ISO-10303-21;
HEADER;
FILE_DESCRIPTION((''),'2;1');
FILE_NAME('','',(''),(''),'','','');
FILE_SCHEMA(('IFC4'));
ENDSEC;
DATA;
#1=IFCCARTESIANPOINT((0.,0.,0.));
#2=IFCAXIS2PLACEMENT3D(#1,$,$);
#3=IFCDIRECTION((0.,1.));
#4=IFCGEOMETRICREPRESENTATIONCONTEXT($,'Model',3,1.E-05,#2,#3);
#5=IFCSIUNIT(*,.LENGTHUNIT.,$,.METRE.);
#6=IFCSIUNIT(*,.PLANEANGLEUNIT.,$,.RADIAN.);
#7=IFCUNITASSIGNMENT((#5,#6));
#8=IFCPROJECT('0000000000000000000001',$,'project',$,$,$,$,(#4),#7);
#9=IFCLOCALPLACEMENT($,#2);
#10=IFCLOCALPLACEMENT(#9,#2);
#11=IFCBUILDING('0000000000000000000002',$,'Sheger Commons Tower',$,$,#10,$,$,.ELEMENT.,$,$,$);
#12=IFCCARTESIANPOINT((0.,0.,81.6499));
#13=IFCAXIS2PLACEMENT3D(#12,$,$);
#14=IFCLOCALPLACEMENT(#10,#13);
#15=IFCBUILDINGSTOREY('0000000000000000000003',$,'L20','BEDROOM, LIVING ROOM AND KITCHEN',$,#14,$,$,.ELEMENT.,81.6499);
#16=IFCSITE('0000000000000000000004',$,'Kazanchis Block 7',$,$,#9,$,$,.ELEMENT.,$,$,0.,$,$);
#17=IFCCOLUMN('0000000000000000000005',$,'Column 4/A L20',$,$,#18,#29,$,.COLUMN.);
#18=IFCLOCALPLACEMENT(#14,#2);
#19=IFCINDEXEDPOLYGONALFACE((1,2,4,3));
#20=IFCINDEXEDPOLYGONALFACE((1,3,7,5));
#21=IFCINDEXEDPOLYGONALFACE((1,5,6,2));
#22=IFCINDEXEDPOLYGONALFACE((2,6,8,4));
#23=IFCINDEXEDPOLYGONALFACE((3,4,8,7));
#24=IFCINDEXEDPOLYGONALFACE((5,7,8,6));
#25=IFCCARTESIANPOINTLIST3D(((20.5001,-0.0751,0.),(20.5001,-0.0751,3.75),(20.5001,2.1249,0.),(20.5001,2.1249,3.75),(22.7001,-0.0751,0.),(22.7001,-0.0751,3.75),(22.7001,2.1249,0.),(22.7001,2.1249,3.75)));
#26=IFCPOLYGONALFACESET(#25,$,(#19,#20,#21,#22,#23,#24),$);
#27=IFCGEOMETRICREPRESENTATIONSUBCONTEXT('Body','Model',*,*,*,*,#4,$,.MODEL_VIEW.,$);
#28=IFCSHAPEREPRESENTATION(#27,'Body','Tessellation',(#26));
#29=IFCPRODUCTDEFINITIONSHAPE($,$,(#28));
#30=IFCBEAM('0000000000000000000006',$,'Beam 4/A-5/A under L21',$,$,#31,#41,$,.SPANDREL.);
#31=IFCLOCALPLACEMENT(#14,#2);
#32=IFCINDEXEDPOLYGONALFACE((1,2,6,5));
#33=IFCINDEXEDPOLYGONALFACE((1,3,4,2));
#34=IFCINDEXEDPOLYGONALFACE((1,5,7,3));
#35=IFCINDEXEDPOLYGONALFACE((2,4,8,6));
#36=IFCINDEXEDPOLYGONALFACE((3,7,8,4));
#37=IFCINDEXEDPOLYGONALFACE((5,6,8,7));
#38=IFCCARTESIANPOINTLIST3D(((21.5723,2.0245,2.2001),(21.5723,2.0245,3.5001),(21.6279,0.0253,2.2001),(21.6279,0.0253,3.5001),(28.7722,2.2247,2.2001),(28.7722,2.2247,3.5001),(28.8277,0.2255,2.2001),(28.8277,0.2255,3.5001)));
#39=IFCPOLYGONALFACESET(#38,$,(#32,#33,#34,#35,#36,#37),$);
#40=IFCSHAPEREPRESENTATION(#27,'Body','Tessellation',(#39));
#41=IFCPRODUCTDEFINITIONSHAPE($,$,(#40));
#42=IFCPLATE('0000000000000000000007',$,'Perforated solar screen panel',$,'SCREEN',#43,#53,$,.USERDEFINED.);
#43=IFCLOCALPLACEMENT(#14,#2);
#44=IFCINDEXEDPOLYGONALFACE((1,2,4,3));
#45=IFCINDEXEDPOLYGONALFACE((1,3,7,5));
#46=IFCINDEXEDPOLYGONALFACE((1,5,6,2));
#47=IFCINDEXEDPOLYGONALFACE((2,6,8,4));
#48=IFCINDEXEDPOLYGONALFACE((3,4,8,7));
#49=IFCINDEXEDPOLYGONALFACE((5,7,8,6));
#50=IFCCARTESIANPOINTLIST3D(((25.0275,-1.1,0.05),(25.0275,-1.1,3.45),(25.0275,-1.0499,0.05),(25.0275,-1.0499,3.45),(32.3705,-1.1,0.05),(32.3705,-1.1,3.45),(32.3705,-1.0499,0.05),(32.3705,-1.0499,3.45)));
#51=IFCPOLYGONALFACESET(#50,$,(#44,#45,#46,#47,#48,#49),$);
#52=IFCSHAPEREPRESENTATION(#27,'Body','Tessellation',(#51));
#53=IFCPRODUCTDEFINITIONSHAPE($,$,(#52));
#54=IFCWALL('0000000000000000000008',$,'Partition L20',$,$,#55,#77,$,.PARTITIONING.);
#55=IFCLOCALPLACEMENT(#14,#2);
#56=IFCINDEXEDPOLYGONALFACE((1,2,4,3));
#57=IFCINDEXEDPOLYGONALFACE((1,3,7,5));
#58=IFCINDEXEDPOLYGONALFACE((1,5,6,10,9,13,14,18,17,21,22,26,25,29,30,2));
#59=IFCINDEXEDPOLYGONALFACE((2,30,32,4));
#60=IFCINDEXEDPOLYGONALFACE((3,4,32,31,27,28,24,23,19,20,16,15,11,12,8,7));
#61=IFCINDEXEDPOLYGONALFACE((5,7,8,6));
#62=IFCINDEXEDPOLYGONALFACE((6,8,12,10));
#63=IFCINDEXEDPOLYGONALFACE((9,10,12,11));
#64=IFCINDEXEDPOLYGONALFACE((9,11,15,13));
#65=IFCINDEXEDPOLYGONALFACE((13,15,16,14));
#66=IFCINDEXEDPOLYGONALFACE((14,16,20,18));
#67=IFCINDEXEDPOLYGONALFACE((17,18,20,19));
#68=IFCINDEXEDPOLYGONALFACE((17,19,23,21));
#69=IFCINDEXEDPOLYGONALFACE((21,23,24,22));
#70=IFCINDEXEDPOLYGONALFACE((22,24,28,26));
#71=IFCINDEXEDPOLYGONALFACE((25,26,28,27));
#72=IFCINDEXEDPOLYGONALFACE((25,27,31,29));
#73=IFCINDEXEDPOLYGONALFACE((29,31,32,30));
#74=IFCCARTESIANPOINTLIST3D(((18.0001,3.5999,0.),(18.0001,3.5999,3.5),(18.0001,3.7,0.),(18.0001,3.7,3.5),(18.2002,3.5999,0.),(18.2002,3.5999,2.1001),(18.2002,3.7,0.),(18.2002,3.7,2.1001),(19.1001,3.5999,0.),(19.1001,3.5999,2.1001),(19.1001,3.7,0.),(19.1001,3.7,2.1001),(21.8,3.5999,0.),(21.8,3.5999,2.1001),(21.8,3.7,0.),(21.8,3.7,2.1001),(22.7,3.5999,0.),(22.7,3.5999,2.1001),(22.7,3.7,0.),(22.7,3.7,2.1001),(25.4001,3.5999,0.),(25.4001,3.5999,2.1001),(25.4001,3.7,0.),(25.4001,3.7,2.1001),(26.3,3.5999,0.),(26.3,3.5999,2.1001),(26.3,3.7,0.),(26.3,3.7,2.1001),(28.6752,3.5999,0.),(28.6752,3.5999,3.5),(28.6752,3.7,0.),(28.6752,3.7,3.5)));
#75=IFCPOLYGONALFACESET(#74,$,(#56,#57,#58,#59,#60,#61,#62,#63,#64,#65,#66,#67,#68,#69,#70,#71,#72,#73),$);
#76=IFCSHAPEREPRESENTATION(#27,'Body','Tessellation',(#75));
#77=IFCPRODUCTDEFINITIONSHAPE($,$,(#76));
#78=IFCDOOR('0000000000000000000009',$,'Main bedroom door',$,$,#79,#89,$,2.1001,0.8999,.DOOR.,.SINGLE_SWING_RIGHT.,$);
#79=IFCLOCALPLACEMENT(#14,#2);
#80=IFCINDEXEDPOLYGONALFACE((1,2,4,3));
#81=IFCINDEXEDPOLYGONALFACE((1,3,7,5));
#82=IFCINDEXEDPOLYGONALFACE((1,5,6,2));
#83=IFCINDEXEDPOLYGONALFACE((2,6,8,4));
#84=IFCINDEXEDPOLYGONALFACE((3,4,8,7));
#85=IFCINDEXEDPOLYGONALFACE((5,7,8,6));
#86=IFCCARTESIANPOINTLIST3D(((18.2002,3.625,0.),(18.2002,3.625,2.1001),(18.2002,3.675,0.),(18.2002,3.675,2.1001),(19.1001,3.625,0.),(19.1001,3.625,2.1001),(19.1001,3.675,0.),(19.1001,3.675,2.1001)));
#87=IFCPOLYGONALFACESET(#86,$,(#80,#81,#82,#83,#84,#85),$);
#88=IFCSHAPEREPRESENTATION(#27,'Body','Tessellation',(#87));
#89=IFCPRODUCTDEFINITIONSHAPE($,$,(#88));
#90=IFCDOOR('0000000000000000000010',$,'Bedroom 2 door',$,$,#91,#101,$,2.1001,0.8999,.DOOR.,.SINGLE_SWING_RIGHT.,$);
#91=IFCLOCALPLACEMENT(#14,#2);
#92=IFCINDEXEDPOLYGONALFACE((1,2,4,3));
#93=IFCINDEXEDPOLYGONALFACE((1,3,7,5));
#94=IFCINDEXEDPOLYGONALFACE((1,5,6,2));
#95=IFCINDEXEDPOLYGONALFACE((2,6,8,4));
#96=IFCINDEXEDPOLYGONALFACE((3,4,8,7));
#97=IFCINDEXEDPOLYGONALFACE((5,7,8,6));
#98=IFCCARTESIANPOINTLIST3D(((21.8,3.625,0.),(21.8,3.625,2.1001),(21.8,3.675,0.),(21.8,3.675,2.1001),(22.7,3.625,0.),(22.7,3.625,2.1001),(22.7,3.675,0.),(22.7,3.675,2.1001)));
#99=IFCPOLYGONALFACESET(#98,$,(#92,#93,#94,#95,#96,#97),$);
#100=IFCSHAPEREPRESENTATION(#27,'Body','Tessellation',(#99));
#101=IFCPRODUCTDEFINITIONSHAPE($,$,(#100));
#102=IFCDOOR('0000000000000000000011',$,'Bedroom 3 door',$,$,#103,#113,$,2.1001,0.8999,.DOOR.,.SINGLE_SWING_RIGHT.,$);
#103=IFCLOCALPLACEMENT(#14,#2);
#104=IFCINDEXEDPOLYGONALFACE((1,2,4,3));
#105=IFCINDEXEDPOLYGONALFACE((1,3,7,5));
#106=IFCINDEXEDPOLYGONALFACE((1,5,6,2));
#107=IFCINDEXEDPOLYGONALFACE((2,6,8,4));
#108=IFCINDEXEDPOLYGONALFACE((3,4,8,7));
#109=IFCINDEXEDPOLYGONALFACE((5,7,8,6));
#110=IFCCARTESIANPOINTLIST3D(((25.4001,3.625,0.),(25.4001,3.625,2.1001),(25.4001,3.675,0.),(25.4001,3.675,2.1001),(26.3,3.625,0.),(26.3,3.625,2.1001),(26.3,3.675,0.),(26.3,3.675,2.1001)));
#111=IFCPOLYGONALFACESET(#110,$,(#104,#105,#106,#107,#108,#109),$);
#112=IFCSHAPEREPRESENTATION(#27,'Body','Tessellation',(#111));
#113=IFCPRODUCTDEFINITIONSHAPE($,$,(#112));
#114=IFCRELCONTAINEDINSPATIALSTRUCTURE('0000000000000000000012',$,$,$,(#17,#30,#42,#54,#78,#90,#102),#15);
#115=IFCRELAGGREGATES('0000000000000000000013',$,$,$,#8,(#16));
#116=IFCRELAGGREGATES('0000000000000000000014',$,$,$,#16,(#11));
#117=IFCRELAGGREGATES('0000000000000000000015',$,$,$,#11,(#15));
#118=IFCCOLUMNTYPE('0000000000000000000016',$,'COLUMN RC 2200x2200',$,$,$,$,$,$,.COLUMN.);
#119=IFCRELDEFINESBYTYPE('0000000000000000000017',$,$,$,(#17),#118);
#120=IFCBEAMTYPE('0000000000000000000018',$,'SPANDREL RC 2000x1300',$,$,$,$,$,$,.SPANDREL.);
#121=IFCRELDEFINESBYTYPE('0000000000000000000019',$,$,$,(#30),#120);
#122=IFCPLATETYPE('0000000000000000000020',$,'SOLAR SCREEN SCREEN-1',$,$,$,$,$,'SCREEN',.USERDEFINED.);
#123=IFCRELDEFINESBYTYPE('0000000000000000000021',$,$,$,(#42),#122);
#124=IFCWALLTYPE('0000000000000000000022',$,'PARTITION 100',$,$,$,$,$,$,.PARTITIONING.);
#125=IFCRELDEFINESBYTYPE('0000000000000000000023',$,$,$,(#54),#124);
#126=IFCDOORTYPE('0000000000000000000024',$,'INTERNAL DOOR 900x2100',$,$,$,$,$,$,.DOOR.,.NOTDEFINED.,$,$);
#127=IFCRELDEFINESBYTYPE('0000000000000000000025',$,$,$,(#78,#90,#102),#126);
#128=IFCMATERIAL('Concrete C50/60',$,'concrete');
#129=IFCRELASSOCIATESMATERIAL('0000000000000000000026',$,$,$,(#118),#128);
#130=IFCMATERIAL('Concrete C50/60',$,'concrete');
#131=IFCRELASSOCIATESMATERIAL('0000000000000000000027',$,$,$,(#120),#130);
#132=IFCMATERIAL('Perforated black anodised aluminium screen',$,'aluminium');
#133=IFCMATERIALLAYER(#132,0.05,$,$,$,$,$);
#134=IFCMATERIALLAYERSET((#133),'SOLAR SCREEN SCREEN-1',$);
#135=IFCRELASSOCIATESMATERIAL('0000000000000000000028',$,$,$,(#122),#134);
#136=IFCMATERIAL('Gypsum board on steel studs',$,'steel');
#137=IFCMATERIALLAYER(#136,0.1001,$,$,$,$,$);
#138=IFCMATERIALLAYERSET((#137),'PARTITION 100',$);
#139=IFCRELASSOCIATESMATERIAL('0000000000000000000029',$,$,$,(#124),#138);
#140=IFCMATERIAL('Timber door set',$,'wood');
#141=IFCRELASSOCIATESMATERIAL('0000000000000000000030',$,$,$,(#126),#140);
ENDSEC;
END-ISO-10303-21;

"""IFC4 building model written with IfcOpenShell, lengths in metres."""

from ifc_helpers import new_model, si_unit, direction, frame, frame_2d, origin, origin_2d, place, context, subcontext, project, spatial, rectangle, extrude, material, layer, layer_set, material_profile, profile_set, type_object, element, fill, save


model = new_model("IFC4")

# Units and contexts
model_context = context("Model", 3, precision=1e-05, world=origin(), true_north=direction((0.0, 1.0)))
body_context = subcontext(model_context, "Body", "Model", "MODEL_VIEW")
ifc_project = project(units=[si_unit("LENGTHUNIT", "METRE"), si_unit("PLANEANGLEUNIT", "RADIAN")], contexts=[model_context])

# Site, building, storey
site_placement = place(None, origin())
site = spatial("IfcSite", under=ifc_project, at=site_placement, Name="Kazanchis Block 7", CompositionType="ELEMENT", RefElevation=0.0)
building_placement = place(site_placement, origin())
building = spatial("IfcBuilding", under=site, at=building_placement, Name="Sheger Commons Tower", CompositionType="ELEMENT")
storey_placement = place(building_placement, frame((0.0, 0.0, 81.6499)))
storey = spatial("IfcBuildingStorey", under=building, at=storey_placement, Name="L20", Description="BEDROOM, LIVING ROOM AND KITCHEN", CompositionType="ELEMENT", Elevation=81.6499)

# Column
ifc_material_1 = material(Name="Concrete C50/60", Category="concrete")
ifc_material_profile_1 = material_profile(ifc_material_1, rectangle(XDim=2.2, YDim=2.2, at=origin_2d()), Name="RC 2200x2200")
ifc_profile_set_1 = profile_set([ifc_material_profile_1], Name="Concrete C50/60")
column_type = type_object("IfcColumnType", Name="COLUMN RC 2200x2200", PredefinedType="COLUMN", material=ifc_profile_set_1)
column_placement = place(storey_placement, frame((21.6001, 1.0249, 0.0), z_axis=(0.0, 0.0, 1.0), x_axis=(1.0, 0.0, 0.0)))
element("IfcColumn", 1, at=column_placement, inside=storey, type_object=column_type, Name="Column 4/A L20", PredefinedType="COLUMN", context=body_context, shape_type="SweptSolid", body=[
    extrude(rectangle(XDim=2.2, YDim=2.2, at=origin_2d()), origin(), (0.0, 0.0, 1.0), 3.75),
])

# Beam
ifc_material_2 = material(Name="Concrete C50/60", Category="concrete")
ifc_material_profile_2 = material_profile(ifc_material_2, rectangle(XDim=2.0, YDim=1.3, at=origin_2d()), Name="RC 2000x1300")
ifc_profile_set_2 = profile_set([ifc_material_profile_2], Name="Concrete C50/60")
beam_type = type_object("IfcBeamType", Name="SPANDREL RC 2000x1300", PredefinedType="SPANDREL", material=ifc_profile_set_2)
beam_placement = place(storey_placement, frame((21.6001, 1.0249, 2.8501), z_axis=(0.999614, 0.027794, 0.0), x_axis=(-0.027794, 0.999614, 0.0)))
element("IfcBeam", 2, at=beam_placement, inside=storey, type_object=beam_type, Name="Beam 4/A-5/A under L21", PredefinedType="SPANDREL", context=body_context, shape_type="SweptSolid", body=[
    extrude(rectangle(XDim=2.0, YDim=1.3, at=origin_2d()), origin(), (0.0, 0.0, 1.0), 7.2026),
])

# Plate
ifc_material_3 = material(Name="Perforated black anodised aluminium screen", Category="aluminium")
ifc_layer_1 = layer(ifc_material_3, 0.05)
ifc_layer_set_1 = layer_set([ifc_layer_1], Name="SOLAR SCREEN SCREEN-1")
plate_type = type_object("IfcPlateType", Name="SOLAR SCREEN SCREEN-1", ElementType="SCREEN", PredefinedType="USERDEFINED", material=ifc_layer_set_1)
plate_placement = place(storey_placement, frame((28.699, -1.075, 0.05), z_axis=(0.0, 0.0, 1.0), x_axis=(1.0, 0.0, 0.0)))
element("IfcPlate", 3, at=plate_placement, inside=storey, type_object=plate_type, Name="Perforated solar screen panel", ObjectType="SCREEN", PredefinedType="USERDEFINED", context=body_context, shape_type="SweptSolid", body=[
    extrude(rectangle(XDim=7.343, YDim=0.05, at=origin_2d()), origin(), (0.0, 0.0, 1.0), 3.3999),
])

# Wall, openings, doors
ifc_material_4 = material(Name="Gypsum board on steel studs", Category="steel")
ifc_layer_2 = layer(ifc_material_4, 0.1001)
ifc_layer_set_2 = layer_set([ifc_layer_2], Name="PARTITION 100")
wall_type = type_object("IfcWallType", Name="PARTITION 100", PredefinedType="PARTITIONING", material=ifc_layer_set_2)
wall_1_placement = place(storey_placement, frame((28.675, 3.6499, 0.0), z_axis=(0.0, 0.0, 1.0), x_axis=(-1.0, 0.0, 0.0)))
wall_1 = element("IfcWall", 4, at=wall_1_placement, inside=storey, type_object=wall_type, Name="Partition L20", PredefinedType="PARTITIONING", context=body_context, shape_type="SweptSolid", body=[
    extrude(rectangle(XDim=10.675, YDim=0.1001, at=frame_2d((5.3374, 0.0))), origin(), (0.0, 0.0, 1.0), 3.5),
])
opening_1_placement = place(wall_1_placement, frame((9.575, 0.0, 0.0)))
opening_1 = element("IfcOpeningElement", 5, at=opening_1_placement, cuts=wall_1, PredefinedType="OPENING", context=body_context, shape_type="SweptSolid", body=[
    extrude(rectangle(XDim=0.8999, YDim=2.1001, at=frame_2d((0.45, 1.05))), frame((0.0, 0.0601, 0.0), z_axis=(0.0, -1.0, 0.0), x_axis=(1.0, 0.0, 0.0)), (0.0, 0.0, 1.0), 0.1201),
])
opening_2_placement = place(wall_1_placement, frame((5.9751, 0.0, 0.0)))
opening_2 = element("IfcOpeningElement", 6, at=opening_2_placement, cuts=wall_1, PredefinedType="OPENING", context=body_context, shape_type="SweptSolid", body=[
    extrude(rectangle(XDim=0.8999, YDim=2.1001, at=frame_2d((0.45, 1.05))), frame((0.0, 0.0601, 0.0), z_axis=(0.0, -1.0, 0.0), x_axis=(1.0, 0.0, 0.0)), (0.0, 0.0, 1.0), 0.1201),
])
opening_3_placement = place(wall_1_placement, frame((2.375, 0.0, 0.0)))
opening_3 = element("IfcOpeningElement", 7, at=opening_3_placement, cuts=wall_1, PredefinedType="OPENING", context=body_context, shape_type="SweptSolid", body=[
    extrude(rectangle(XDim=0.8999, YDim=2.1001, at=frame_2d((0.45, 1.05))), frame((0.0, 0.0601, 0.0), z_axis=(0.0, -1.0, 0.0), x_axis=(1.0, 0.0, 0.0)), (0.0, 0.0, 1.0), 0.1201),
])
ifc_material_5 = material(Name="Timber door set", Category="wood")
door_type = type_object("IfcDoorType", Name="INTERNAL DOOR 900x2100", OperationType="NOTDEFINED", PredefinedType="DOOR", material=ifc_material_5)
door_1_placement = place(opening_1_placement, origin())
door_1 = element("IfcDoor", 8, at=door_1_placement, inside=storey, type_object=door_type, Name="Main bedroom door", OperationType="SINGLE_SWING_RIGHT", OverallHeight=2.1001, OverallWidth=0.8999, PredefinedType="DOOR", context=body_context, shape_type="SweptSolid", body=[
    extrude(rectangle(XDim=0.8999, YDim=2.1001, at=frame_2d((0.45, 1.05))), frame((0.0, 0.0249, 0.0), z_axis=(0.0, -1.0, 0.0), x_axis=(1.0, 0.0, 0.0)), (0.0, 0.0, 1.0), 0.05),
])
fill(opening_1, door_1)
door_2_placement = place(opening_2_placement, origin())
door_2 = element("IfcDoor", 9, at=door_2_placement, inside=storey, type_object=door_type, Name="Bedroom 2 door", OperationType="SINGLE_SWING_RIGHT", OverallHeight=2.1001, OverallWidth=0.8999, PredefinedType="DOOR", context=body_context, shape_type="SweptSolid", body=[
    extrude(rectangle(XDim=0.8999, YDim=2.1001, at=frame_2d((0.45, 1.05))), frame((0.0, 0.0249, 0.0), z_axis=(0.0, -1.0, 0.0), x_axis=(1.0, 0.0, 0.0)), (0.0, 0.0, 1.0), 0.05),
])
fill(opening_2, door_2)
door_3_placement = place(opening_3_placement, origin())
door_3 = element("IfcDoor", 10, at=door_3_placement, inside=storey, type_object=door_type, Name="Bedroom 3 door", OperationType="SINGLE_SWING_RIGHT", OverallHeight=2.1001, OverallWidth=0.8999, PredefinedType="DOOR", context=body_context, shape_type="SweptSolid", body=[
    extrude(rectangle(XDim=0.8999, YDim=2.1001, at=frame_2d((0.45, 1.05))), frame((0.0, 0.0249, 0.0), z_axis=(0.0, -1.0, 0.0), x_axis=(1.0, 0.0, 0.0)), (0.0, 0.0, 1.0), 0.05),
])
fill(opening_3, door_3)

save(model, "model.ifc")
